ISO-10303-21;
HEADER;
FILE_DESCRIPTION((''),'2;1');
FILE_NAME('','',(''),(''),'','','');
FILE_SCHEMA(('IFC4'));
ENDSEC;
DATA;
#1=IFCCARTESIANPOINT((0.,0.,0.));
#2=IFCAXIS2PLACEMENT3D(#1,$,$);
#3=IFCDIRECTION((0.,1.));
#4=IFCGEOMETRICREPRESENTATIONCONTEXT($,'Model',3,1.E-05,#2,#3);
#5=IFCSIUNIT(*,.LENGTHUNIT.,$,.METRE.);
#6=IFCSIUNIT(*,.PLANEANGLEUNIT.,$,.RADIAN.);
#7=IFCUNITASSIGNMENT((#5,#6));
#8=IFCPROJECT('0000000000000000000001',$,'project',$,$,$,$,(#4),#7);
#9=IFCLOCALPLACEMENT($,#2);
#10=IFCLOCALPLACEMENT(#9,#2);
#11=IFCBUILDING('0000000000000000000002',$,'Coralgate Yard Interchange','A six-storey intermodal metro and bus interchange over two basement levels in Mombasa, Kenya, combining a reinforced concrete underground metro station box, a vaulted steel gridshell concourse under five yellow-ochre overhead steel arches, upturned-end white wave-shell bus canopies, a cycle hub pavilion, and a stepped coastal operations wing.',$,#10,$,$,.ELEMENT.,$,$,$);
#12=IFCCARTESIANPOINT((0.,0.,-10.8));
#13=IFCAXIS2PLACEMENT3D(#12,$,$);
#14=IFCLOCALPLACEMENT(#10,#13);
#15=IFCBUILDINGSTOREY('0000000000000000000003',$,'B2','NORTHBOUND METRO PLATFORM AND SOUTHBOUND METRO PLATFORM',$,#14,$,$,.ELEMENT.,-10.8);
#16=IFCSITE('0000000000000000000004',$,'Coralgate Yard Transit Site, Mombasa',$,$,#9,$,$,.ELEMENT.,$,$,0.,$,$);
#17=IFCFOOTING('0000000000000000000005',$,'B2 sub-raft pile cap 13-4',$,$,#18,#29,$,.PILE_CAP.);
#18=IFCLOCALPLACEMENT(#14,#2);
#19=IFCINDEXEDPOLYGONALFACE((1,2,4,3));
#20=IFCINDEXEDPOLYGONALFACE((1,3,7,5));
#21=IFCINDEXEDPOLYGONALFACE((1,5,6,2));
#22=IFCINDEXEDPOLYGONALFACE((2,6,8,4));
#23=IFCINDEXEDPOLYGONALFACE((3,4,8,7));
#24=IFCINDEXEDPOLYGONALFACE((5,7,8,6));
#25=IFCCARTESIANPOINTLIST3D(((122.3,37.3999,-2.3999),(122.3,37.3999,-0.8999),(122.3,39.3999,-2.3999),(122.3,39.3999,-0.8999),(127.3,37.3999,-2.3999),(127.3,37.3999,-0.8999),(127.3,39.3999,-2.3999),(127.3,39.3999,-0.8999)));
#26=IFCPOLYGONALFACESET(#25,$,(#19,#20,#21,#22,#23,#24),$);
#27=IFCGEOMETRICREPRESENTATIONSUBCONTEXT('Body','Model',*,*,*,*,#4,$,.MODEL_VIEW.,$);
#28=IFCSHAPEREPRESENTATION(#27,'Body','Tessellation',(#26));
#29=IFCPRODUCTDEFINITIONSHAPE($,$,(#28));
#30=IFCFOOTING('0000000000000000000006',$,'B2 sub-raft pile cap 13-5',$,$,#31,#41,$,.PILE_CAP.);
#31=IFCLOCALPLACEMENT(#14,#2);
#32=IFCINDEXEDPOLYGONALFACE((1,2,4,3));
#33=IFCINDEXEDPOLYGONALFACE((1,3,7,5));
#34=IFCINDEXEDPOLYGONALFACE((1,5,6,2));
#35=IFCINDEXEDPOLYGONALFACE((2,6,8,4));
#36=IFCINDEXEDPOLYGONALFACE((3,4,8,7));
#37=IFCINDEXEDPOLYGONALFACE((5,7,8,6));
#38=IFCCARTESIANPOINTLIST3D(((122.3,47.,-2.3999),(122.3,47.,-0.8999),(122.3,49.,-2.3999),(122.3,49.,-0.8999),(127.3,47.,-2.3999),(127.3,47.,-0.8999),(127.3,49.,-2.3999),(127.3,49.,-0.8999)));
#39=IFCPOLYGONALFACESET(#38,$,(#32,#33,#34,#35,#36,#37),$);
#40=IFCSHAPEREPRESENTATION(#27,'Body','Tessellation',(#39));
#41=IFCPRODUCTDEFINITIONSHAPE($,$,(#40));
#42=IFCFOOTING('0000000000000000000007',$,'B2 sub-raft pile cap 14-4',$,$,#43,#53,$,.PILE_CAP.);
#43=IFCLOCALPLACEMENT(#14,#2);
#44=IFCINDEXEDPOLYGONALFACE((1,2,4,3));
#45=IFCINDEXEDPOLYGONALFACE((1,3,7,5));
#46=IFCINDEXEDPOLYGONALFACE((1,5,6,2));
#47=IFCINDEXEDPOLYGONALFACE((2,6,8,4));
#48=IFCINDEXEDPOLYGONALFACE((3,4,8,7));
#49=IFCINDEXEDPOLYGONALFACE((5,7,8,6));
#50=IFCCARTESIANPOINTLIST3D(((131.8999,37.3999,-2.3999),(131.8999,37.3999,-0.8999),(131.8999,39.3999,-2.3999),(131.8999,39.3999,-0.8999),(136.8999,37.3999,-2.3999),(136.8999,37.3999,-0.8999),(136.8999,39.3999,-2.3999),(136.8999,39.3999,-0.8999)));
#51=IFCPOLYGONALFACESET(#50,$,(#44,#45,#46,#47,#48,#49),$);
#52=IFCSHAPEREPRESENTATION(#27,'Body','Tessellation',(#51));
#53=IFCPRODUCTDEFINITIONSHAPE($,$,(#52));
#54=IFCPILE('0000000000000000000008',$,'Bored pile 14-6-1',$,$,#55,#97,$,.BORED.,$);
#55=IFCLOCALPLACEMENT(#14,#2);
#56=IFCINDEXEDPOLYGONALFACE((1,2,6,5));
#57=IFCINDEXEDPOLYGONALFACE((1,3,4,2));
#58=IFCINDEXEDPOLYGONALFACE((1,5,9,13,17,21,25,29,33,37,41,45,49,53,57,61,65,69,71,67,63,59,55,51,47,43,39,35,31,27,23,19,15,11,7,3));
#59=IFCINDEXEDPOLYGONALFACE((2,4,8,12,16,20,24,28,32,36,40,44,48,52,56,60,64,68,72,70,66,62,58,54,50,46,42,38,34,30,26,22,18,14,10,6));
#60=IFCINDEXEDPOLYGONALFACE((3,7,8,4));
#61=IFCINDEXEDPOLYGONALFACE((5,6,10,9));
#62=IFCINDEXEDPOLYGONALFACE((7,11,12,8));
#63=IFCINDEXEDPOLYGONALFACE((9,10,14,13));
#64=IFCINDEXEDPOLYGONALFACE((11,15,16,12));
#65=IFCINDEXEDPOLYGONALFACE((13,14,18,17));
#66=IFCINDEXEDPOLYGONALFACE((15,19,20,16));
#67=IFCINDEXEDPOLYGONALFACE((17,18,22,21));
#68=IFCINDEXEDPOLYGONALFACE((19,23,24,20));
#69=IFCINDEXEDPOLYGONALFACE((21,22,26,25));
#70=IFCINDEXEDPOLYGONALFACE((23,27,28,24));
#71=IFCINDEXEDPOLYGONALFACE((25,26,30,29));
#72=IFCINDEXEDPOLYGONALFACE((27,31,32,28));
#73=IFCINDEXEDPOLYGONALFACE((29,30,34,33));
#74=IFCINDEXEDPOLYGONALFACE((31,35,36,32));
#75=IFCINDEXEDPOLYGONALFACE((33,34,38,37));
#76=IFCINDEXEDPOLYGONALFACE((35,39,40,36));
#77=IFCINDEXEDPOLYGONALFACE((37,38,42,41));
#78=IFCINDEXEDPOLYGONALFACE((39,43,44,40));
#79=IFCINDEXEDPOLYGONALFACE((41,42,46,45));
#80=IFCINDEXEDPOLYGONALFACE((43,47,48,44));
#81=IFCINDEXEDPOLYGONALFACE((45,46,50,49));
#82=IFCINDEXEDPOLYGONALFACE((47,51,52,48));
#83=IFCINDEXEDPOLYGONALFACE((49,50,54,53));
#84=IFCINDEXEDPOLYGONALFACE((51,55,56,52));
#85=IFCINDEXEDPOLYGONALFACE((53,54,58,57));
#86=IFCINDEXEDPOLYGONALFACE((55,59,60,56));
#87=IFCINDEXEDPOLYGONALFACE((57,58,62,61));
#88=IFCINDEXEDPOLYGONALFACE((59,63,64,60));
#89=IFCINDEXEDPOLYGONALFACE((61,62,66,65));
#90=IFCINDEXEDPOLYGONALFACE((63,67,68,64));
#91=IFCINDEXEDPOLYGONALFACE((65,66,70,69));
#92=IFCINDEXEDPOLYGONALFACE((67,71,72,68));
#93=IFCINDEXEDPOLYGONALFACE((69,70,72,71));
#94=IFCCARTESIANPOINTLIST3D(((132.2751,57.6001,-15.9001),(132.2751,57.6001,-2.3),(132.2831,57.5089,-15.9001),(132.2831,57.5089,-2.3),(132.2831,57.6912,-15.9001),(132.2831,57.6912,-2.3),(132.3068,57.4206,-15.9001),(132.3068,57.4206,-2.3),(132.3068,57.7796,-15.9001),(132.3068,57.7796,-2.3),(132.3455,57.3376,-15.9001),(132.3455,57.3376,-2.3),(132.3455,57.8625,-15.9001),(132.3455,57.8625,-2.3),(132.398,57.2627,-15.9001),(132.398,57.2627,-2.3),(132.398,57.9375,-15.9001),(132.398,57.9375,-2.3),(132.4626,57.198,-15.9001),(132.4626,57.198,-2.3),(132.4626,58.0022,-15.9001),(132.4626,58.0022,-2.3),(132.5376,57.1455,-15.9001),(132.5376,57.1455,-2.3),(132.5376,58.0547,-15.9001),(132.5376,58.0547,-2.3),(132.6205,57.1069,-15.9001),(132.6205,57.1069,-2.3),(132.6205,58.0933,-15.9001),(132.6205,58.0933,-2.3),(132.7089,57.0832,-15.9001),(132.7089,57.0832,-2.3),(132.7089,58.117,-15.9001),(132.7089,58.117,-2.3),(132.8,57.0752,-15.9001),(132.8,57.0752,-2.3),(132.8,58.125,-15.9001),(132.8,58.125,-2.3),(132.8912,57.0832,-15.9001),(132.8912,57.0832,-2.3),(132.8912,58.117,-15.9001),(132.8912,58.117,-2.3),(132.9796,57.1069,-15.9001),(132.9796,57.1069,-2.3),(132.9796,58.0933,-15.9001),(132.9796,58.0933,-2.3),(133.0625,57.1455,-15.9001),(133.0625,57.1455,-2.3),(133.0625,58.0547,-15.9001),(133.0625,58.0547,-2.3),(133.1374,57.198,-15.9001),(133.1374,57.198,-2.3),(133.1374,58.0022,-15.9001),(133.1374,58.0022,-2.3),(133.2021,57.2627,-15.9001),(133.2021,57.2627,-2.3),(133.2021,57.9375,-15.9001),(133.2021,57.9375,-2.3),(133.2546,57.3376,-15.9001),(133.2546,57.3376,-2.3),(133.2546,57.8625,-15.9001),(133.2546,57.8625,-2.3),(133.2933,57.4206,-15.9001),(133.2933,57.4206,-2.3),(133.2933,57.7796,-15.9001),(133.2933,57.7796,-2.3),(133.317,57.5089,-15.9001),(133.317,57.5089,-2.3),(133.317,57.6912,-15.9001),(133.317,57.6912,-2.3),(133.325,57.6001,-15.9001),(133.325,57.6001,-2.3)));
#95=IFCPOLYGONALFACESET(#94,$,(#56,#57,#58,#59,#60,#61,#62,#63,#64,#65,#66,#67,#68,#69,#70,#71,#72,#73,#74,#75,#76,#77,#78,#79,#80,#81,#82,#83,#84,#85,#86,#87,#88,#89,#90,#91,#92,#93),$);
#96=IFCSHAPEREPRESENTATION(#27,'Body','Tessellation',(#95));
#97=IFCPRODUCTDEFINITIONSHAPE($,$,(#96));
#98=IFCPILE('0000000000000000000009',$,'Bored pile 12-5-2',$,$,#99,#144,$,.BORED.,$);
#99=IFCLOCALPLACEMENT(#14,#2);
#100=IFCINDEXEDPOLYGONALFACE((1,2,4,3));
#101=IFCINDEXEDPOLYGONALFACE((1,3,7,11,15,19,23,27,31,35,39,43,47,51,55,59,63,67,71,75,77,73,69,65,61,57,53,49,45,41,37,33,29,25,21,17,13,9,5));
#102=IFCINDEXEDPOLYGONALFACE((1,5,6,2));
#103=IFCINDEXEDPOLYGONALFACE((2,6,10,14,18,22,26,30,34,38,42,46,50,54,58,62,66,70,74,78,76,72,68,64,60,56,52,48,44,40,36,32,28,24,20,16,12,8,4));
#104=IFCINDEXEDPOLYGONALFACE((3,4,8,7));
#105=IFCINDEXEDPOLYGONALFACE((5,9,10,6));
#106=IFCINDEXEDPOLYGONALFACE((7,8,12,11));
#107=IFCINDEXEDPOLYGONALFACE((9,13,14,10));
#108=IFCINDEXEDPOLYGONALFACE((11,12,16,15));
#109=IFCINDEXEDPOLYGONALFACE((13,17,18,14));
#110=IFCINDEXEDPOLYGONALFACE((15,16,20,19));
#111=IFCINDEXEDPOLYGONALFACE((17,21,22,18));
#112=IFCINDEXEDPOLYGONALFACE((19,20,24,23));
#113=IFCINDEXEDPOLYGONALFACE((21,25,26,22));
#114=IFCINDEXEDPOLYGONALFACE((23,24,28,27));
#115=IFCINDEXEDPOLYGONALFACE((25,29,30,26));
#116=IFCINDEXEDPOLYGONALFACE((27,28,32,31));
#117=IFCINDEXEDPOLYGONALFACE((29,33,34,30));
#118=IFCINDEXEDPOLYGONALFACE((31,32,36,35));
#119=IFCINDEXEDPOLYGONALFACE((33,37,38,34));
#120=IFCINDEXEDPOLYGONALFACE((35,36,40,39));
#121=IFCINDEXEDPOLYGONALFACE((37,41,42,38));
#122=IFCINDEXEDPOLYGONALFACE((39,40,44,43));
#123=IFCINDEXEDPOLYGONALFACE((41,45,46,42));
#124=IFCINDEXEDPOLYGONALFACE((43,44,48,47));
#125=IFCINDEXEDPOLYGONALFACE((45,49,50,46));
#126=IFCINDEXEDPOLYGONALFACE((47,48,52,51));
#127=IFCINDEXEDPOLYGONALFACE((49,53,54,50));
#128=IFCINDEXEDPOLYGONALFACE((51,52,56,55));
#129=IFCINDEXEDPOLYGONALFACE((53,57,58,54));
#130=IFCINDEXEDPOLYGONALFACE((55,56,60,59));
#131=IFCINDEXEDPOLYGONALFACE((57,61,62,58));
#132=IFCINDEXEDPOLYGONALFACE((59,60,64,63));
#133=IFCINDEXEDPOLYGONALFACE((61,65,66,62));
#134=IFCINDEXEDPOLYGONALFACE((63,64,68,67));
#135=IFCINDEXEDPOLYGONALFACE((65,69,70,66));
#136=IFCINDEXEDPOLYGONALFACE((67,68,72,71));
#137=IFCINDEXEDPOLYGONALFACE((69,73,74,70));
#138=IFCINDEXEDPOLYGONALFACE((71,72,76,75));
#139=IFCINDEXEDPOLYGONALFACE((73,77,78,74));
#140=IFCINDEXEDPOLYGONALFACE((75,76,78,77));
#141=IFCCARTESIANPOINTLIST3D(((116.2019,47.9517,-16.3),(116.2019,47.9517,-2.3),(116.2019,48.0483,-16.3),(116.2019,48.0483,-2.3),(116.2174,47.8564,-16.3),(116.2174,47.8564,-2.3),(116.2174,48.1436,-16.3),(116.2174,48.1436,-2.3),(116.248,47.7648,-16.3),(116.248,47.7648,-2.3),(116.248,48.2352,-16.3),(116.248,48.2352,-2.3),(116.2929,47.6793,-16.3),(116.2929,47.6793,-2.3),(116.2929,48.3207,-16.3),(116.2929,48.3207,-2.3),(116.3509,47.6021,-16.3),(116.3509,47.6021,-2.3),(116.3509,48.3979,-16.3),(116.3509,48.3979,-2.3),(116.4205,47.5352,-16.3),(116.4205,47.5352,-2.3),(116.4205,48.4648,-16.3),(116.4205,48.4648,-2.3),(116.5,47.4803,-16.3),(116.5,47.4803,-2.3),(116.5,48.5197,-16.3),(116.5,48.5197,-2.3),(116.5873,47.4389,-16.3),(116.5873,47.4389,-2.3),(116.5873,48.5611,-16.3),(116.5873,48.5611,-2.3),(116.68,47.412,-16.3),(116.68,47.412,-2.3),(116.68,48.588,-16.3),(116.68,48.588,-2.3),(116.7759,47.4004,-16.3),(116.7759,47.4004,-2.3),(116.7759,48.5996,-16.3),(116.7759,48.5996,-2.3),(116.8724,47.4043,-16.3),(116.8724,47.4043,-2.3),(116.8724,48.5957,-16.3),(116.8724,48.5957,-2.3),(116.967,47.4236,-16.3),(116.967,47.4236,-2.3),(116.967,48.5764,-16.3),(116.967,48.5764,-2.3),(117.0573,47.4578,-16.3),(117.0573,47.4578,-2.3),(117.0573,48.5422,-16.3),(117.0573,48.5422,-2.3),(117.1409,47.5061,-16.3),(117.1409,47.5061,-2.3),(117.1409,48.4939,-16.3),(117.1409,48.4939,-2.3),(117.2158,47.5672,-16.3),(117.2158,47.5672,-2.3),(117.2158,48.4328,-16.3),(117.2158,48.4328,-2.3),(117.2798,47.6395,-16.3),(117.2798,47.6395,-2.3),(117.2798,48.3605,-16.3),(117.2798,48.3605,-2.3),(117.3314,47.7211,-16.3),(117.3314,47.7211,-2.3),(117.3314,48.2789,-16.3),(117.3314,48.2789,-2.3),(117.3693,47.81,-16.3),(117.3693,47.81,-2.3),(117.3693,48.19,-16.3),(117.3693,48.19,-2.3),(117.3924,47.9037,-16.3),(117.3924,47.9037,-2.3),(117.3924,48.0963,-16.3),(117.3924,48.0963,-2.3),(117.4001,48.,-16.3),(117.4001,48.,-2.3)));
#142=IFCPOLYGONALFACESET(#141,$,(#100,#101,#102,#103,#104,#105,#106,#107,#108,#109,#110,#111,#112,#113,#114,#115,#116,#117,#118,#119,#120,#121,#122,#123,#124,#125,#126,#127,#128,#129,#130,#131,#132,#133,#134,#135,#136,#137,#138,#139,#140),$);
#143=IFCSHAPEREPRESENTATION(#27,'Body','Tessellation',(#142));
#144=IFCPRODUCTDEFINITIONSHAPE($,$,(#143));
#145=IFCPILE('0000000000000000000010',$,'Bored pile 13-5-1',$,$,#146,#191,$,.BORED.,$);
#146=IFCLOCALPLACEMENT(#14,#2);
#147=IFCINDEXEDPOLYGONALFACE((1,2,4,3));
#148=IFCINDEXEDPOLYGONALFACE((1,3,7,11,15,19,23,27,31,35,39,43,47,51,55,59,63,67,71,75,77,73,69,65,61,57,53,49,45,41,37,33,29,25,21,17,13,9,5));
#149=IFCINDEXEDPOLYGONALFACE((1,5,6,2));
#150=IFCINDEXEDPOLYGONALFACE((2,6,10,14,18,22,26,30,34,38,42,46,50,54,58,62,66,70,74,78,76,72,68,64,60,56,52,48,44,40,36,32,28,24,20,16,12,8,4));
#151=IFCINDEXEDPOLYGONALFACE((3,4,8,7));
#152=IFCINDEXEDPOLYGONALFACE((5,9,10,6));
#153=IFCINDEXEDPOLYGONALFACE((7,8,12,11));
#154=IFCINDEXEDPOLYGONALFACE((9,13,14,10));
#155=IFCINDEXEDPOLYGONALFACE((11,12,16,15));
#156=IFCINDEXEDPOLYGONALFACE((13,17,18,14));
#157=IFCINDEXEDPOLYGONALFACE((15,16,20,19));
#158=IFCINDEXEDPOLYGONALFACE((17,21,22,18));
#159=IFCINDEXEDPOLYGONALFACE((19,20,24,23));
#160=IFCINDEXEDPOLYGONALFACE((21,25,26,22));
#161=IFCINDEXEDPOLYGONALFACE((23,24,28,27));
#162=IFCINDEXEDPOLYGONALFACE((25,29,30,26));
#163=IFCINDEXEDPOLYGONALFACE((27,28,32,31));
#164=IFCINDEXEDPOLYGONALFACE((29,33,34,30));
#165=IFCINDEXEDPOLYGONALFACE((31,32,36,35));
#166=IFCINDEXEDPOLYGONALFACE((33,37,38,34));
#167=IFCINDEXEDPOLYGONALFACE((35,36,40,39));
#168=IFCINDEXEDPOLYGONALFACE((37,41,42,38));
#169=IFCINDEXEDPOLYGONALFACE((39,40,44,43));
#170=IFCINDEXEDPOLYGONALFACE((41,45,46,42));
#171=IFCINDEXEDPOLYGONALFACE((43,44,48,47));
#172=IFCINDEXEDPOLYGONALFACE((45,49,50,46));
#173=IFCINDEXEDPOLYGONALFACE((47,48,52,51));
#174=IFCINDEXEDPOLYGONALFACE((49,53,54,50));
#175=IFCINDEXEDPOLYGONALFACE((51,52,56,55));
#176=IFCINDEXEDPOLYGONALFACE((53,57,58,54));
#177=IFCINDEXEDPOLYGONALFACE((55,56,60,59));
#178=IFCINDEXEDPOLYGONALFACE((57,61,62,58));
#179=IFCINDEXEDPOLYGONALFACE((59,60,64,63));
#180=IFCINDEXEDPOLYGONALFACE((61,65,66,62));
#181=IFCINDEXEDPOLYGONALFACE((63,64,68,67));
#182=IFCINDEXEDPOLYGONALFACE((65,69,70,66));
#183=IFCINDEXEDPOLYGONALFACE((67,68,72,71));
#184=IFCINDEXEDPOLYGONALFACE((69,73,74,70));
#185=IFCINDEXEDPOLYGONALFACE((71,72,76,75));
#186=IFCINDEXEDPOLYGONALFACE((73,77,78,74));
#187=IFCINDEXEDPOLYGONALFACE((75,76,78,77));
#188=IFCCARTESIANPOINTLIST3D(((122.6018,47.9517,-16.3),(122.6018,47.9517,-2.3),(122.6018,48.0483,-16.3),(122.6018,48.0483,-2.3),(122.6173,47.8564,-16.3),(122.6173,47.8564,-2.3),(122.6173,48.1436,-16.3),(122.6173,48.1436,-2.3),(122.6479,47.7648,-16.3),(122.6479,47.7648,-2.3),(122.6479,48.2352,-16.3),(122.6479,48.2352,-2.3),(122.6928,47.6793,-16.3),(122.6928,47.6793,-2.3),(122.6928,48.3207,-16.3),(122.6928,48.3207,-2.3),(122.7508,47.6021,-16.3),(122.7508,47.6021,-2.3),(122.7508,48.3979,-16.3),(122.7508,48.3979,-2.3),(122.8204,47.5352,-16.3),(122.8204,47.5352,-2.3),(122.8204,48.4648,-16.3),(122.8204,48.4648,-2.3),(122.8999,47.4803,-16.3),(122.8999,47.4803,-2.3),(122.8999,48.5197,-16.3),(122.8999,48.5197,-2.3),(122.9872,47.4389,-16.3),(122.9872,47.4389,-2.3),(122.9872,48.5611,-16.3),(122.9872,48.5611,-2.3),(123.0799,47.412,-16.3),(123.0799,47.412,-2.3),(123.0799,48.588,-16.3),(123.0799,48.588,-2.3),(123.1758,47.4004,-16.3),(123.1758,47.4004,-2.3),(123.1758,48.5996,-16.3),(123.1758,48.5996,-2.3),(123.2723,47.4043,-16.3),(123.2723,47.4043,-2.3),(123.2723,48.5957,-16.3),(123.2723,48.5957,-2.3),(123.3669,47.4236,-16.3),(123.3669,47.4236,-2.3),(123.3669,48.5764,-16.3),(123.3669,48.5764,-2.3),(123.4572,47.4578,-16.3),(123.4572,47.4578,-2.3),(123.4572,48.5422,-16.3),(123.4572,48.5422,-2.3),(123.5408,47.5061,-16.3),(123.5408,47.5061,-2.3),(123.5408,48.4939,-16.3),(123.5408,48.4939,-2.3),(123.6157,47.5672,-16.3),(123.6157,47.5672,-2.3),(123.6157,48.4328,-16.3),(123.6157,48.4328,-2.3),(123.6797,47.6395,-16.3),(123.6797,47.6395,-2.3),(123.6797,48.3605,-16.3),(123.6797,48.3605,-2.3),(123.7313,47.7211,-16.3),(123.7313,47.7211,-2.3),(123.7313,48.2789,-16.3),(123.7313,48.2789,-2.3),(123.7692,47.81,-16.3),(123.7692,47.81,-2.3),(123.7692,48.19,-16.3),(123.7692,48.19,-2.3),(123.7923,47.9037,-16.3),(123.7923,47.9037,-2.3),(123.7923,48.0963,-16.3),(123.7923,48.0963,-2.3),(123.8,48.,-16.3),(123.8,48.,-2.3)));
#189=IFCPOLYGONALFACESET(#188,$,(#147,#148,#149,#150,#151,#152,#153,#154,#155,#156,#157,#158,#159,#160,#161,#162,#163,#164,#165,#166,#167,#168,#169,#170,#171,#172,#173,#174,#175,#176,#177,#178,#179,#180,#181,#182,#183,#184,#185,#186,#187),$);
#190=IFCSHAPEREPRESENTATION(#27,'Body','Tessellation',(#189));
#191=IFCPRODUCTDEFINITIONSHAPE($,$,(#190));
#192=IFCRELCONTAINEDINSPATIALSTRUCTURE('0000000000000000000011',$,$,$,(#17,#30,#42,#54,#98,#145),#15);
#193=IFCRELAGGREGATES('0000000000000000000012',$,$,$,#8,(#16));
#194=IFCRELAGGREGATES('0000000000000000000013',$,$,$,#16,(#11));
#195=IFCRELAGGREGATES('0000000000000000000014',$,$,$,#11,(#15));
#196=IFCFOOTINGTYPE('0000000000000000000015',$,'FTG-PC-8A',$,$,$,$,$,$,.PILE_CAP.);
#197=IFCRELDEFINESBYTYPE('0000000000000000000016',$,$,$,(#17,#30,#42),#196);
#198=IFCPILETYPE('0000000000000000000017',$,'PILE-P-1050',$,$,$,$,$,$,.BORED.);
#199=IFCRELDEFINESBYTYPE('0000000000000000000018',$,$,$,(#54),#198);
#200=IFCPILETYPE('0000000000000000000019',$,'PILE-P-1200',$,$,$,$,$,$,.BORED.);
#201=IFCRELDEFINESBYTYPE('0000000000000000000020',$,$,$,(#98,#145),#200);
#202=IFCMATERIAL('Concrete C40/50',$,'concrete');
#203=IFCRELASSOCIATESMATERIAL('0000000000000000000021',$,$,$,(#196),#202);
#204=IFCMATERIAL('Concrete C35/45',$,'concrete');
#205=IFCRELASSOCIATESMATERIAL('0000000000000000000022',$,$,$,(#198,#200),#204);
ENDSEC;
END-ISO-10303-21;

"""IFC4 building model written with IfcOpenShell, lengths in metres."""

from ifc_helpers import new_model, si_unit, direction, frame, origin, origin_2d, place, context, subcontext, project, spatial, rectangle, circle, extrude, material, material_profile, profile_set, type_object, element, save


model = new_model("IFC4")

# Units and contexts
model_context = context("Model", 3, precision=1e-05, world=origin(), true_north=direction((0.0, 1.0)))
body_context = subcontext(model_context, "Body", "Model", "MODEL_VIEW")
ifc_project = project(units=[si_unit("LENGTHUNIT", "METRE"), si_unit("PLANEANGLEUNIT", "RADIAN")], contexts=[model_context])

# Site, building, storey
site_placement = place(None, origin())
site = spatial("IfcSite", under=ifc_project, at=site_placement, Name="Coralgate Yard Transit Site, Mombasa", CompositionType="ELEMENT", RefElevation=0.0)
building_placement = place(site_placement, origin())
building = spatial("IfcBuilding", under=site, at=building_placement, Name="Coralgate Yard Interchange", Description="A six-storey intermodal metro and bus interchange over two basement levels in Mombasa, Kenya, combining a reinforced concrete underground metro station box, a vaulted steel gridshell concourse under five yellow-ochre overhead steel arches, upturned-end white wave-shell bus canopies, a cycle hub pavilion, and a stepped coastal operations wing.", CompositionType="ELEMENT")
storey_placement = place(building_placement, frame((0.0, 0.0, -10.8)))
storey = spatial("IfcBuildingStorey", under=building, at=storey_placement, Name="B2", Description="NORTHBOUND METRO PLATFORM AND SOUTHBOUND METRO PLATFORM", CompositionType="ELEMENT", Elevation=-10.8)

# Footings
ifc_material_1 = material(Name="Concrete C40/50", Category="concrete")
footing_type = type_object("IfcFootingType", Name="FTG-PC-8A", PredefinedType="PILE_CAP", material=ifc_material_1)
for number, where, z_axis, x_axis, name in (
    (1, (124.8, 38.3999, -2.3999), (0.0, 0.0, 1.0), (1.0, 0.0, 0.0), "B2 sub-raft pile cap 13-4"),
    (2, (124.8, 48.0, -2.3999), (0.0, 0.0, 1.0), (1.0, 0.0, 0.0), "B2 sub-raft pile cap 13-5"),
    (3, (134.3999, 38.3999, -2.3999), (0.0, 0.0, 1.0), (1.0, 0.0, 0.0), "B2 sub-raft pile cap 14-4"),
):
    element("IfcFooting", number, at=place(storey_placement, frame(where, z_axis=z_axis, x_axis=x_axis)), inside=storey, type_object=footing_type, Name=name, PredefinedType="PILE_CAP", context=body_context, shape_type="SweptSolid", body=[
        extrude(rectangle(XDim=5.0, YDim=2.0, at=origin_2d()), origin(), (0.0, 0.0, 1.0), 1.5),
    ])

# Piles
ifc_material_2 = material(Name="Concrete C35/45", Category="concrete")
ifc_material_profile_1 = material_profile(ifc_material_2, circle(Radius=0.5249, at=origin_2d()), Name="BORED PILE D1050")
ifc_profile_set_1 = profile_set([ifc_material_profile_1], Name="Concrete C35/45")
pile_type_1 = type_object("IfcPileType", Name="PILE-P-1050", PredefinedType="BORED", material=ifc_profile_set_1)
pile_placement = place(storey_placement, frame((132.8, 57.6001, -2.3), z_axis=(0.0, 0.0, -1.0), x_axis=(1.0, 0.0, 0.0)))
element("IfcPile", 4, at=pile_placement, inside=storey, type_object=pile_type_1, Name="Bored pile 14-6-1", PredefinedType="BORED", context=body_context, shape_type="SweptSolid", body=[
    extrude(circle(Radius=0.5249, at=origin_2d()), origin(), (0.0, 0.0, 1.0), 13.6001),
])
ifc_material_profile_2 = material_profile(ifc_material_2, circle(Radius=0.6001, at=origin_2d()), Name="BORED PILE D1200")
ifc_profile_set_2 = profile_set([ifc_material_profile_2], Name="Concrete C35/45")
pile_type_2 = type_object("IfcPileType", Name="PILE-P-1200", PredefinedType="BORED", material=ifc_profile_set_2)
for number, where, z_axis, x_axis, name in (
    (5, (116.8, 48.0, -2.3), (0.0, 0.0, -1.0), (1.0, 0.0, 0.0), "Bored pile 12-5-2"),
    (6, (123.2, 48.0, -2.3), (0.0, 0.0, -1.0), (1.0, 0.0, 0.0), "Bored pile 13-5-1"),
):
    element("IfcPile", number, at=place(storey_placement, frame(where, z_axis=z_axis, x_axis=x_axis)), inside=storey, type_object=pile_type_2, Name=name, PredefinedType="BORED", context=body_context, shape_type="SweptSolid", body=[
        extrude(circle(Radius=0.6001, at=origin_2d()), origin(), (0.0, 0.0, 1.0), 14.0),
    ])

save(model, "model.ifc")
